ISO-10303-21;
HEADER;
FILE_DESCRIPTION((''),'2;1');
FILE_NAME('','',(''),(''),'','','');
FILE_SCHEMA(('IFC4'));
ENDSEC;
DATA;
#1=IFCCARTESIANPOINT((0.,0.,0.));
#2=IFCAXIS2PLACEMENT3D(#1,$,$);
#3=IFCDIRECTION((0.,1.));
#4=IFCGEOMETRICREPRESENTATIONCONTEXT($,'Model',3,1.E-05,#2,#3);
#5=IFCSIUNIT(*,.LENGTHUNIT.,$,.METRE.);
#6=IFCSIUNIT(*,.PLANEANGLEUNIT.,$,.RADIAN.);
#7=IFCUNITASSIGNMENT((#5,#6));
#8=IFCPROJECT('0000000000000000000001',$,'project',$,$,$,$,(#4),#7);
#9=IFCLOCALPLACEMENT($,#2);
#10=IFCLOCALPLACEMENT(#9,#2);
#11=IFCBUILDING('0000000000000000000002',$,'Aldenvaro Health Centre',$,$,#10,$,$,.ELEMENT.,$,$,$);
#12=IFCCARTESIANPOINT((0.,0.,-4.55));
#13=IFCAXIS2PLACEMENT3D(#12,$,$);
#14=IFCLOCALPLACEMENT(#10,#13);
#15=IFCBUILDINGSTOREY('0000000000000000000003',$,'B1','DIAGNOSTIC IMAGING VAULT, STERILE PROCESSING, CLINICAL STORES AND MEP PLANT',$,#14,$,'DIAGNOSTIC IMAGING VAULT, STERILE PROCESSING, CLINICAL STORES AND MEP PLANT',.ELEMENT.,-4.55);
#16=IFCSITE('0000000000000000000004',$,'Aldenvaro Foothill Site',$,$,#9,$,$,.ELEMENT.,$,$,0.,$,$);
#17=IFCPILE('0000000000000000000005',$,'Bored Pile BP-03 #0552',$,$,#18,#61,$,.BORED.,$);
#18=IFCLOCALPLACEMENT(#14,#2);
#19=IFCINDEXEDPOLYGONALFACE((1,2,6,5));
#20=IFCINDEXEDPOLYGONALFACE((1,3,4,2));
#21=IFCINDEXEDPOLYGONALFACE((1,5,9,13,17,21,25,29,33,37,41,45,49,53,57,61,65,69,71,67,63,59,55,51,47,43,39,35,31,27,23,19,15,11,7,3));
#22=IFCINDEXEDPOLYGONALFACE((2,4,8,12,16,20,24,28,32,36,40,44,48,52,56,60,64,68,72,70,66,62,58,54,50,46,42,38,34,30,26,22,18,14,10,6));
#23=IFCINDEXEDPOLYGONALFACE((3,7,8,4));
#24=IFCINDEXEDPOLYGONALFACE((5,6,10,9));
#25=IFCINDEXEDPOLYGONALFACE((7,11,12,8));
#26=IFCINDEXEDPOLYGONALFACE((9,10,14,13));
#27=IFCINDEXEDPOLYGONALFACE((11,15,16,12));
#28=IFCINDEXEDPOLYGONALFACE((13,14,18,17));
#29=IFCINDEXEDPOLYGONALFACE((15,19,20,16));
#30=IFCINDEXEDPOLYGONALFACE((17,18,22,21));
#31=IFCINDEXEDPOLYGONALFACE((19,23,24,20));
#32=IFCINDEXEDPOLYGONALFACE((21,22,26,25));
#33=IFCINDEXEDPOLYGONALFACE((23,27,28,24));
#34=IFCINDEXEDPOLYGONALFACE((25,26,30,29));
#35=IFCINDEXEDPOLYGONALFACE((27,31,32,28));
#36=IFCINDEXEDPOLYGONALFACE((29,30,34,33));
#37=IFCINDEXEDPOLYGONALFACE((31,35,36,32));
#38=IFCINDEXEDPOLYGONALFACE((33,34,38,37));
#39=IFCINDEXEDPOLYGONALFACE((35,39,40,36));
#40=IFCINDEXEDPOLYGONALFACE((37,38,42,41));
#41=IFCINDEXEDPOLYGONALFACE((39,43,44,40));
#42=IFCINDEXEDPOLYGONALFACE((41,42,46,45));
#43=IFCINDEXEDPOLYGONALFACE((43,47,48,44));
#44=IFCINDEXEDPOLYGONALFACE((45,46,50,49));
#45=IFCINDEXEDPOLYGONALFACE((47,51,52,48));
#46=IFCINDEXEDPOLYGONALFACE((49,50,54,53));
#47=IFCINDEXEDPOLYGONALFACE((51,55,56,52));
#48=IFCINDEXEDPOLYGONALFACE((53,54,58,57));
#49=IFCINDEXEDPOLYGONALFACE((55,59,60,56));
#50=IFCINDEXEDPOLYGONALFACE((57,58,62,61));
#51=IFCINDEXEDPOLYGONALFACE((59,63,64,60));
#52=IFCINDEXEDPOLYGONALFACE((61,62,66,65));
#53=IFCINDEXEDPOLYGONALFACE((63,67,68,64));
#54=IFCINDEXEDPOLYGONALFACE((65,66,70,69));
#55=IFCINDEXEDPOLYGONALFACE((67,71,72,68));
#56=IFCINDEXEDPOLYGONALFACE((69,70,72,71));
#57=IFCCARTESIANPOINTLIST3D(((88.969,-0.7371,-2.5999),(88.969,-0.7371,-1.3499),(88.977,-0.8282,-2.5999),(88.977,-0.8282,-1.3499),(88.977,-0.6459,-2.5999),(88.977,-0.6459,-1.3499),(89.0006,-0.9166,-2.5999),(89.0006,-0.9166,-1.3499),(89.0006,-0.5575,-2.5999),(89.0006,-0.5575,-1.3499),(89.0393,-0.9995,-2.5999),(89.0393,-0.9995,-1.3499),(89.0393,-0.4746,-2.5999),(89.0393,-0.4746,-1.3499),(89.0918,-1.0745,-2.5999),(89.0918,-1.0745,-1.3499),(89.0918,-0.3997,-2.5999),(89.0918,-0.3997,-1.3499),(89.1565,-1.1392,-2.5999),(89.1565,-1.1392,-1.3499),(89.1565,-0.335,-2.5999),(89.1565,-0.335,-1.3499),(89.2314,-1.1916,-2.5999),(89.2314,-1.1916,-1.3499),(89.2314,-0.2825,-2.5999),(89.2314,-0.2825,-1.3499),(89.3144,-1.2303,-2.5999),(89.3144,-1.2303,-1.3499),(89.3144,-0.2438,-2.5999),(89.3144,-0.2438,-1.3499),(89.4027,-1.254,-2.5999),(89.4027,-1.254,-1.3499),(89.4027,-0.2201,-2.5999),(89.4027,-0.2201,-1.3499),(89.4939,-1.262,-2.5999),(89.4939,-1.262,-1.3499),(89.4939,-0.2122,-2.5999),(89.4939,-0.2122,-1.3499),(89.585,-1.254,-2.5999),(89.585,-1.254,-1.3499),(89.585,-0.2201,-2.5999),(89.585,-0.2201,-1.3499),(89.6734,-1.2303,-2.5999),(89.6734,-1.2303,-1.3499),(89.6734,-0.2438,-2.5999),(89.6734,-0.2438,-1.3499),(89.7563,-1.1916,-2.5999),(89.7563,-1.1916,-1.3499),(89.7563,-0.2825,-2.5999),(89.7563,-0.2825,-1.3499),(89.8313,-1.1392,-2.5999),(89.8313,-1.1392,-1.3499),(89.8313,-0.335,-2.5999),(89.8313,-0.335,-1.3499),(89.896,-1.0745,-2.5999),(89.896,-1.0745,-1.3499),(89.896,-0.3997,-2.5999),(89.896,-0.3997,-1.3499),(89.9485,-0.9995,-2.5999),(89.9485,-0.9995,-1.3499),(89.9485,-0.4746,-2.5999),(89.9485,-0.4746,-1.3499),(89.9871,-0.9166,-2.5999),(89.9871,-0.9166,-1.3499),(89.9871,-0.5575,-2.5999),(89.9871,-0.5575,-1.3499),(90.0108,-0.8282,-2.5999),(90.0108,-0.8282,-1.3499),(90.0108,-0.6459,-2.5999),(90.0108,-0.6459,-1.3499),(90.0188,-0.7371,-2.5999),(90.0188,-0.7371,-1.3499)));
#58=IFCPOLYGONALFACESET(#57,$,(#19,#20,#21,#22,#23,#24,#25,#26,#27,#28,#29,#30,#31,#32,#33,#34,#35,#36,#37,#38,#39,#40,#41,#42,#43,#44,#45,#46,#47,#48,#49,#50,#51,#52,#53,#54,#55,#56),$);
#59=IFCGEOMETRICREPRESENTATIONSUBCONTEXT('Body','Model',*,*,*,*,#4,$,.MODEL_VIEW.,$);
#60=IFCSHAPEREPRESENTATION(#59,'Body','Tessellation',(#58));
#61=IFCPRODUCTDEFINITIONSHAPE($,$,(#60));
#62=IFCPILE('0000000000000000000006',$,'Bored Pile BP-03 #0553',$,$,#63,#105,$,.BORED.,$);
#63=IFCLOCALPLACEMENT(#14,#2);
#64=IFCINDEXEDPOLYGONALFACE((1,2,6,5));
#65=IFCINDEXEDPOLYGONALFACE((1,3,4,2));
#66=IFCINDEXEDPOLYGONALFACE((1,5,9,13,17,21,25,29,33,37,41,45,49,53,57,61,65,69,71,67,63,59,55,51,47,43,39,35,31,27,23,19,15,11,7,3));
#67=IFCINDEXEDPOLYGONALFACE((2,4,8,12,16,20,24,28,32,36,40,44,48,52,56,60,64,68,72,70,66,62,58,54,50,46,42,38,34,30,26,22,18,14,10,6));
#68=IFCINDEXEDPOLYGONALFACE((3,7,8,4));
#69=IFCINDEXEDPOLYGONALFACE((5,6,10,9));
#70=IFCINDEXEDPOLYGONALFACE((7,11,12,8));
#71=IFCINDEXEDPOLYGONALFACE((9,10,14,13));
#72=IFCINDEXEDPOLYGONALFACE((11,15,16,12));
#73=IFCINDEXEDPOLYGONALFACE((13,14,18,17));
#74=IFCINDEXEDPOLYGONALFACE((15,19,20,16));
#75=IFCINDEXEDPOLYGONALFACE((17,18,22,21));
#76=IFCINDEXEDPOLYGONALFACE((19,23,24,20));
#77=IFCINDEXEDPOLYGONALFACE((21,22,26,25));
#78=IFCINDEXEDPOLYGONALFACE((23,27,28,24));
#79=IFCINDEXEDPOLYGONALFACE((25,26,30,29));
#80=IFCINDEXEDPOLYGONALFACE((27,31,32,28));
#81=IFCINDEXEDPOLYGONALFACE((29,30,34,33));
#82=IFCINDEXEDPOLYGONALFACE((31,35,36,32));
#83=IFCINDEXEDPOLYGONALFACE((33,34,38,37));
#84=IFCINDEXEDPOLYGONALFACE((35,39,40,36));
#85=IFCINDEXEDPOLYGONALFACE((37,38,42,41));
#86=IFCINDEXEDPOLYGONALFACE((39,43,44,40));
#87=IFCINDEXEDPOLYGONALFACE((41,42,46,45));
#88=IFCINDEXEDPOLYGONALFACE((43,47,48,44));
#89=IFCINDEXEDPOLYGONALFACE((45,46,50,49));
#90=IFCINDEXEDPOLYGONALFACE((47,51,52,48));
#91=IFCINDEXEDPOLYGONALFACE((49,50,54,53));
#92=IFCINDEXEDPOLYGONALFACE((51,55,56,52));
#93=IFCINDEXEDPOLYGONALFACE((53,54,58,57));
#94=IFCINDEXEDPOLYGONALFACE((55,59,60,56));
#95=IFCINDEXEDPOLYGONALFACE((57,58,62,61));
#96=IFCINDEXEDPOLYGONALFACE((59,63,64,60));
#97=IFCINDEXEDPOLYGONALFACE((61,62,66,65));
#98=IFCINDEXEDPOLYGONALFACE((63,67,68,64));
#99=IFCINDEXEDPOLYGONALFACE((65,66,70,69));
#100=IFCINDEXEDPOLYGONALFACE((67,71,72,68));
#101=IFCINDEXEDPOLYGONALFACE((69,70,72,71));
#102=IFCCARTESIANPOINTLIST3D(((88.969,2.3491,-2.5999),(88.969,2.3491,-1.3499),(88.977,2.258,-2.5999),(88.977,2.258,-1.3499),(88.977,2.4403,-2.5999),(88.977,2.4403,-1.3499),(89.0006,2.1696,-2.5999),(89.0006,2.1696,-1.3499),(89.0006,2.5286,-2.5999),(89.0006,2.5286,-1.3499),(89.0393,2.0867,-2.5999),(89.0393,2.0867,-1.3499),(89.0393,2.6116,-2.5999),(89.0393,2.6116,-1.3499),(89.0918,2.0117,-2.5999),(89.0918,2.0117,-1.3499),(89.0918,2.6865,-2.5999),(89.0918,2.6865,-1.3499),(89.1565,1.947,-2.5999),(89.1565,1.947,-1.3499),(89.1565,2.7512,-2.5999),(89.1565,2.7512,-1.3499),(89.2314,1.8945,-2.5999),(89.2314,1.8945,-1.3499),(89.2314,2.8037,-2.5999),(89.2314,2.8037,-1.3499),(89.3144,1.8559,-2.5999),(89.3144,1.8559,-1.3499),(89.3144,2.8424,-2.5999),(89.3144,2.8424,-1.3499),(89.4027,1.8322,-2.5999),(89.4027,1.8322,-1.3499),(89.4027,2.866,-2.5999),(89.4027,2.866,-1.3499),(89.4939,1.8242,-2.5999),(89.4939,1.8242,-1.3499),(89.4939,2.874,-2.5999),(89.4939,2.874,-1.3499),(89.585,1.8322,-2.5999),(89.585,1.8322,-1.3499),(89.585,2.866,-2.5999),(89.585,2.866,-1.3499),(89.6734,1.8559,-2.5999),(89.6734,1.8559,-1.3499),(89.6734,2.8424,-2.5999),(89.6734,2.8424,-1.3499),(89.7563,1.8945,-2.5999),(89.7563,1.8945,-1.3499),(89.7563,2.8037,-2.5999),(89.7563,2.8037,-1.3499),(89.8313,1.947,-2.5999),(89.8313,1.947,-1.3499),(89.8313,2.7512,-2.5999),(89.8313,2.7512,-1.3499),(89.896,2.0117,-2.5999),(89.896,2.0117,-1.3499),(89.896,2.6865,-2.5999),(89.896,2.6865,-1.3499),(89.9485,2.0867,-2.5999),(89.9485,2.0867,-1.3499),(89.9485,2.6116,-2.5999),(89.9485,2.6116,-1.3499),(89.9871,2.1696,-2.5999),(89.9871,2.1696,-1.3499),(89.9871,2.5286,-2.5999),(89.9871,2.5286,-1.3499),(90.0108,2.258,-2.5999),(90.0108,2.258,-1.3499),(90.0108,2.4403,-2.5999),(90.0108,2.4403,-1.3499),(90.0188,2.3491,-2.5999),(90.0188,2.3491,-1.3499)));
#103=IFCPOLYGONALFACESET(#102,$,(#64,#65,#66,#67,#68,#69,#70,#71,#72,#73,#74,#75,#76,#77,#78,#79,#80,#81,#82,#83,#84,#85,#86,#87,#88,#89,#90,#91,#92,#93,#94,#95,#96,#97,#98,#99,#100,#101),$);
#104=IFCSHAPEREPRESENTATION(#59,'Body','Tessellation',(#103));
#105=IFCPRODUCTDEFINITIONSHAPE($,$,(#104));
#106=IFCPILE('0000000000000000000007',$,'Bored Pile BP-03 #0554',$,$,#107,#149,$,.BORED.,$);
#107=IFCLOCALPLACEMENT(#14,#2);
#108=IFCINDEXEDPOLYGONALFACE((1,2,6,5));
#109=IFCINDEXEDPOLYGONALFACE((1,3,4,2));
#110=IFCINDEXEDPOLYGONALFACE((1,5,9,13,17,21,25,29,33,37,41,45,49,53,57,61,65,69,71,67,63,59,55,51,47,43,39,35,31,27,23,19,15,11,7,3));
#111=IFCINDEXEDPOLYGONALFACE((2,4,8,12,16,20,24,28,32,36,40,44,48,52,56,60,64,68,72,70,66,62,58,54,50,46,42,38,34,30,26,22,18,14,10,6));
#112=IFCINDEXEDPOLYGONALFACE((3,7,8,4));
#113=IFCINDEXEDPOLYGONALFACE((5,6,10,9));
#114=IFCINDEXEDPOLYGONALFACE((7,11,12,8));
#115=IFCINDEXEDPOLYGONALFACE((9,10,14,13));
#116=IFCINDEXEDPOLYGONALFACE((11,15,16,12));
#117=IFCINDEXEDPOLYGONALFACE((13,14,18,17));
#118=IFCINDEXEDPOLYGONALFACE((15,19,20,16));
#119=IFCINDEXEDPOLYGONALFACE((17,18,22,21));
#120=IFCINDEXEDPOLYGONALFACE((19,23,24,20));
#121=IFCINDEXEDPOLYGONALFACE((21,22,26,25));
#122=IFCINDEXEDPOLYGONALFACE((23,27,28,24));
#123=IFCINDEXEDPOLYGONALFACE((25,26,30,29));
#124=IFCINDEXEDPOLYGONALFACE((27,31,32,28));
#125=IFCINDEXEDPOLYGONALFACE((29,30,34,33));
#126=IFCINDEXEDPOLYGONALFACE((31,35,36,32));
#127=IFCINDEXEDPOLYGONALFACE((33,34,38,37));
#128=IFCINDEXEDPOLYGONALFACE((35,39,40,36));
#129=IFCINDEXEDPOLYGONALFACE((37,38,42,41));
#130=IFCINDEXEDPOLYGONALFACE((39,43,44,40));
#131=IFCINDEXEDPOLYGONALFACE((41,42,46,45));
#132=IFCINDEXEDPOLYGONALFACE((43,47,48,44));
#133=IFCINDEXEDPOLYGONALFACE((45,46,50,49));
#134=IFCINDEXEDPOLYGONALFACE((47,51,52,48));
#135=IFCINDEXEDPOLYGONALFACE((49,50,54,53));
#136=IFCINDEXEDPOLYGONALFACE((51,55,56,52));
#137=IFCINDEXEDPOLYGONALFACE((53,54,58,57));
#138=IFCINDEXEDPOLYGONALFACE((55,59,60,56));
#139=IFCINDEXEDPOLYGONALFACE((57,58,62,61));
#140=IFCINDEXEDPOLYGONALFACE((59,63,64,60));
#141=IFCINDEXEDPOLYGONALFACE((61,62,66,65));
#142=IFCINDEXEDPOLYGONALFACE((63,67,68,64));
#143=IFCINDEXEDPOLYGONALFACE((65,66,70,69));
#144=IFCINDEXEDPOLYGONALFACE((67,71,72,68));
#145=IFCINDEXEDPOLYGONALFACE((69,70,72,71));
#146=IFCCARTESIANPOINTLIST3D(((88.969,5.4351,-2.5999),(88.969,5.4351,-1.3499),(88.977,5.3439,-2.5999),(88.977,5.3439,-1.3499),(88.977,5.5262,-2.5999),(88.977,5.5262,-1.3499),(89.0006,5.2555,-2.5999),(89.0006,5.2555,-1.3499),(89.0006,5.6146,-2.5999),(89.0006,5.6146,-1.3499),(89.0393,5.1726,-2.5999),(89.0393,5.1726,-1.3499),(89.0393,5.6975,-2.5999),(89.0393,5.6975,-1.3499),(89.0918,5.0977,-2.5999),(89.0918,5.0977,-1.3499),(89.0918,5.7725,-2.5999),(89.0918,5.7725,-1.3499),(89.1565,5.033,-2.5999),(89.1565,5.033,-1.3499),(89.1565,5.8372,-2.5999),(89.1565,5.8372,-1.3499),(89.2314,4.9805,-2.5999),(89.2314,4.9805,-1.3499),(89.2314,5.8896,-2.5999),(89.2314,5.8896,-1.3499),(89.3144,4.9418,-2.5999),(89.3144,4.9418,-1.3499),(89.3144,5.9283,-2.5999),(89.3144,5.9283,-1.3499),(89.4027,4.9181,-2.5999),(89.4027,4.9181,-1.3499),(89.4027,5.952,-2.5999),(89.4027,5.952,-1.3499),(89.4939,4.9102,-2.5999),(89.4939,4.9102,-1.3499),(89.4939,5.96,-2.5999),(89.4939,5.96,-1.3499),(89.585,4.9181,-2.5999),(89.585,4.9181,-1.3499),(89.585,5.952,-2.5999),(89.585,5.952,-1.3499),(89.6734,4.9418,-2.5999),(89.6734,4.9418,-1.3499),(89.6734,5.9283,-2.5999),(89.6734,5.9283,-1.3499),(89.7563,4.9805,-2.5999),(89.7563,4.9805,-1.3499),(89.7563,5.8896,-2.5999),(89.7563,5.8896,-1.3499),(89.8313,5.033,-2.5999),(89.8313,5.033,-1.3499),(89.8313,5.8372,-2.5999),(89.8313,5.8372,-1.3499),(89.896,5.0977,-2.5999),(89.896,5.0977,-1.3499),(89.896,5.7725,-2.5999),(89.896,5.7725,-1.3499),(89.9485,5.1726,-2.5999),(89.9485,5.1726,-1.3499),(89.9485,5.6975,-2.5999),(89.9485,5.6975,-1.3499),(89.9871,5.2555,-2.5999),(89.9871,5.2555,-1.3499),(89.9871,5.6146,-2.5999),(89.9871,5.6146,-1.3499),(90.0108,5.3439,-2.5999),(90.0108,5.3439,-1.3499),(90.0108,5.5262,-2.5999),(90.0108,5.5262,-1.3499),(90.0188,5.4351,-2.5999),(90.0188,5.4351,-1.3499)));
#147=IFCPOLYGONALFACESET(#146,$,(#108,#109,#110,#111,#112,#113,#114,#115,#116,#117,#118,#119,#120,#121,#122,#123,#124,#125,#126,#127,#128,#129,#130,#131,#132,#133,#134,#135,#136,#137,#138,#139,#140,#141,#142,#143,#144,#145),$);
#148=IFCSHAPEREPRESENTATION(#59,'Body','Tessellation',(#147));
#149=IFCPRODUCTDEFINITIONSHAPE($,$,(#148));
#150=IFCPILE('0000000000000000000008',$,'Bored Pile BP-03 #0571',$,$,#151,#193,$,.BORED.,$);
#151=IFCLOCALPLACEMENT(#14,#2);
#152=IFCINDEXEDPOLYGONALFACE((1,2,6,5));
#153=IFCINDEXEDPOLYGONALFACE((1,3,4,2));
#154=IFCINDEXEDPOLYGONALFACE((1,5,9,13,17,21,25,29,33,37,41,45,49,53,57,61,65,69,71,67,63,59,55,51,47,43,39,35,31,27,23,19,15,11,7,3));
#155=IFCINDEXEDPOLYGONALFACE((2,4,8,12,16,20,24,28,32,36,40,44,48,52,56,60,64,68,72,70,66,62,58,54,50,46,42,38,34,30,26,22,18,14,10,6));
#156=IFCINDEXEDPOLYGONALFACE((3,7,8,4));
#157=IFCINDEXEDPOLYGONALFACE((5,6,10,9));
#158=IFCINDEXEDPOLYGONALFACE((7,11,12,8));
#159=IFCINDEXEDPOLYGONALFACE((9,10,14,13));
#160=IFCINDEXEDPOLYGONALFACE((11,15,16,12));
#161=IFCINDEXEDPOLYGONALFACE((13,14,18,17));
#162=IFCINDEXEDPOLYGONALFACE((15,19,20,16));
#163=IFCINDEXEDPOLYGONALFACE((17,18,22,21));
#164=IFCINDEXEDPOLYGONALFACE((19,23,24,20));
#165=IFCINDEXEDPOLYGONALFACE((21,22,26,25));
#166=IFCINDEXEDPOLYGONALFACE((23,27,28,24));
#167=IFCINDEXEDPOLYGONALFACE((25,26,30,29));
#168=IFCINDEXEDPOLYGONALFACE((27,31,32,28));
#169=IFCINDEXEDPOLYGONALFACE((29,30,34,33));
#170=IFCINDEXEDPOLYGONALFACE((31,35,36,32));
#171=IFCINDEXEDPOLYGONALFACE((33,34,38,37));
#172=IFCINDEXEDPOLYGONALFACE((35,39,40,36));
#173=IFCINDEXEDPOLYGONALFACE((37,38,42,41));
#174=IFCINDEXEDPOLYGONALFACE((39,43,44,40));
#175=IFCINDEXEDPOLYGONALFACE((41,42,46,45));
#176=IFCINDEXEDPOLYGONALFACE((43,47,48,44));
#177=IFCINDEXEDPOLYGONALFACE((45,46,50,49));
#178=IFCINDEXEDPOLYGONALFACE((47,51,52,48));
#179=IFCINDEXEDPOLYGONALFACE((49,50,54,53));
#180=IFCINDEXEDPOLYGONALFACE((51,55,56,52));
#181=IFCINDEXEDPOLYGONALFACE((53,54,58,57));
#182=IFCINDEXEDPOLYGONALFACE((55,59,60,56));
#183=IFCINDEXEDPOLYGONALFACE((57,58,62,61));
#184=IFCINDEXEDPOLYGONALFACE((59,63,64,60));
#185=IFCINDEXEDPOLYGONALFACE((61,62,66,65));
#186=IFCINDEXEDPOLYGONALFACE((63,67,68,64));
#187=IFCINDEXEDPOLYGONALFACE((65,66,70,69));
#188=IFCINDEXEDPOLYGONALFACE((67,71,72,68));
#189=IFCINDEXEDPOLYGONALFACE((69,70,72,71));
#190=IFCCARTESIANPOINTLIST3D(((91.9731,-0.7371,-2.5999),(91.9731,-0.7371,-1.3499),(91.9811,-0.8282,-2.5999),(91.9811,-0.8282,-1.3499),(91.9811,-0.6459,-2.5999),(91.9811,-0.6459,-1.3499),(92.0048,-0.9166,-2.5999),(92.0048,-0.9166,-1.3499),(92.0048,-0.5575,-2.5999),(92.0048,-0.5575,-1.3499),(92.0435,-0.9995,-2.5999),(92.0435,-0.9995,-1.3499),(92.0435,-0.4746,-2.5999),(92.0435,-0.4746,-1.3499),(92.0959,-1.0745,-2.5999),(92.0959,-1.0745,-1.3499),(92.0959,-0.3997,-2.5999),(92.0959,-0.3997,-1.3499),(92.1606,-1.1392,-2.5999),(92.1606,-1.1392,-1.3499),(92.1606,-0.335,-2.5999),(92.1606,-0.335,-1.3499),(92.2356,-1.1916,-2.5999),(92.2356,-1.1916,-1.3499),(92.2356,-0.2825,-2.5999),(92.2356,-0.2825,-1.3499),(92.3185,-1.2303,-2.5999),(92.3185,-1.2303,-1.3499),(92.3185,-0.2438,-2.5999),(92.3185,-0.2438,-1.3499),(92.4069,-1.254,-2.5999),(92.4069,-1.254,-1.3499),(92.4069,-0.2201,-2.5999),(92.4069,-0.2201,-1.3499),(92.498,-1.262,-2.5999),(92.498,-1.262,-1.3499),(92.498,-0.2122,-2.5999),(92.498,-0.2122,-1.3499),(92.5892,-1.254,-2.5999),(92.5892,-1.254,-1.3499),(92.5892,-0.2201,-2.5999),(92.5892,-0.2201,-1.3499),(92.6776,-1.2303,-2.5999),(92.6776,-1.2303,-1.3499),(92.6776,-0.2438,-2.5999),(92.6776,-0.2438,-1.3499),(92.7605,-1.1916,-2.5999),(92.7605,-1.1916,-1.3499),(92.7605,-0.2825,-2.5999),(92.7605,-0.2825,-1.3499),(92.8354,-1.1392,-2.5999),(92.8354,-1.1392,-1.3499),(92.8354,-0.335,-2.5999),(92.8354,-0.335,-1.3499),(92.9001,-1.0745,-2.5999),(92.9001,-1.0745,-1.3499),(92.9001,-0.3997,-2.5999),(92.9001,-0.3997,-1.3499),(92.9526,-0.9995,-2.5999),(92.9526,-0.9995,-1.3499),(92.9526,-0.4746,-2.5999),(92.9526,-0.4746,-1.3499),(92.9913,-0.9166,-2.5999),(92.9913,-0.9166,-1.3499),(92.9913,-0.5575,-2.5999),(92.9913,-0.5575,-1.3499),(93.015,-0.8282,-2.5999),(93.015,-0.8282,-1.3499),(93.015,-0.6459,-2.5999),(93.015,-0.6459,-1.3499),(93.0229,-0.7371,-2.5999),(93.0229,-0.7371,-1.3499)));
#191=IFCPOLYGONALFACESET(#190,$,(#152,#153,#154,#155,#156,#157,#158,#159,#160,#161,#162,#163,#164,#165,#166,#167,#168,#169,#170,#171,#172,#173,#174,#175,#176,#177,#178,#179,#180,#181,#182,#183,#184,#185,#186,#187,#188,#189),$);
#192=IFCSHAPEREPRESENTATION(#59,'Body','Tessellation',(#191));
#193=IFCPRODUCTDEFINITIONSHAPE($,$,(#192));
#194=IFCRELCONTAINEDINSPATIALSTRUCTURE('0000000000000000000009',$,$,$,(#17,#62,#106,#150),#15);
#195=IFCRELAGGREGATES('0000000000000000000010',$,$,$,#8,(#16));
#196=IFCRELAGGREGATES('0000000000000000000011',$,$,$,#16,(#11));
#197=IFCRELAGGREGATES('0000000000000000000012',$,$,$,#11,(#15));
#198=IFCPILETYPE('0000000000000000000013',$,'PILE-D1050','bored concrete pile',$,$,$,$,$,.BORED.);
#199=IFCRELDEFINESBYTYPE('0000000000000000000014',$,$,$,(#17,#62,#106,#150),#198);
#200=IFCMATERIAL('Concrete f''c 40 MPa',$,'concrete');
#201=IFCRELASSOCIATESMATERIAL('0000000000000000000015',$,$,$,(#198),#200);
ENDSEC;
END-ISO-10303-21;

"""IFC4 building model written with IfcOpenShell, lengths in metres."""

from ifc_helpers import new_model, si_unit, direction, frame, origin, origin_2d, place, context, subcontext, project, spatial, circle, extrude, material, material_profile, profile_set, type_object, element, save


model = new_model("IFC4")

# Units and contexts
model_context = context("Model", 3, precision=1e-05, world=origin(), true_north=direction((0.0, 1.0)))
body_context = subcontext(model_context, "Body", "Model", "MODEL_VIEW")
ifc_project = project(units=[si_unit("LENGTHUNIT", "METRE"), si_unit("PLANEANGLEUNIT", "RADIAN")], contexts=[model_context])

# Site, building, storey
site_placement = place(None, origin())
site = spatial("IfcSite", under=ifc_project, at=site_placement, Name="Aldenvaro Foothill Site", CompositionType="ELEMENT", RefElevation=0.0)
building_placement = place(site_placement, origin())
building = spatial("IfcBuilding", under=site, at=building_placement, Name="Aldenvaro Health Centre", CompositionType="ELEMENT")
storey_placement = place(building_placement, frame((0.0, 0.0, -4.55)))
storey = spatial("IfcBuildingStorey", under=building, at=storey_placement, Name="B1", Description="DIAGNOSTIC IMAGING VAULT, STERILE PROCESSING, CLINICAL STORES AND MEP PLANT", LongName="DIAGNOSTIC IMAGING VAULT, STERILE PROCESSING, CLINICAL STORES AND MEP PLANT", CompositionType="ELEMENT", Elevation=-4.55)

# Piles
ifc_material_1 = material(Name="Concrete f'c 40 MPa", Category="concrete")
ifc_material_profile_1 = material_profile(ifc_material_1, circle(Radius=0.5249, at=origin_2d()), Name="PILE D1050", Category="concrete")
ifc_profile_set_1 = profile_set([ifc_material_profile_1], Name="Concrete f'c 40 MPa")
pile_type = type_object("IfcPileType", Name="PILE-D1050", Description="bored concrete pile", PredefinedType="BORED", material=ifc_profile_set_1)
for number, where, z_axis, x_axis, name in (
    (1, (89.4939, -0.7371, -1.3499), (0.0, 0.0, -1.0), (1.0, 0.0, 0.0), "Bored Pile BP-03 #0552"),
    (2, (89.4939, 2.3491, -1.3499), (0.0, 0.0, -1.0), (1.0, 0.0, 0.0), "Bored Pile BP-03 #0553"),
    (3, (89.4939, 5.4351, -1.3499), (0.0, 0.0, -1.0), (1.0, 0.0, 0.0), "Bored Pile BP-03 #0554"),
    (4, (92.498, -0.7371, -1.3499), (0.0, 0.0, -1.0), (1.0, 0.0, 0.0), "Bored Pile BP-03 #0571"),
):
    element("IfcPile", number, at=place(storey_placement, frame(where, z_axis=z_axis, x_axis=x_axis)), inside=storey, type_object=pile_type, Name=name, PredefinedType="BORED", context=body_context, shape_type="SweptSolid", body=[
        extrude(circle(Radius=0.5249, at=origin_2d()), origin(), (0.0, 0.0, 1.0), 1.25),
    ])

save(model, "model.ifc")
